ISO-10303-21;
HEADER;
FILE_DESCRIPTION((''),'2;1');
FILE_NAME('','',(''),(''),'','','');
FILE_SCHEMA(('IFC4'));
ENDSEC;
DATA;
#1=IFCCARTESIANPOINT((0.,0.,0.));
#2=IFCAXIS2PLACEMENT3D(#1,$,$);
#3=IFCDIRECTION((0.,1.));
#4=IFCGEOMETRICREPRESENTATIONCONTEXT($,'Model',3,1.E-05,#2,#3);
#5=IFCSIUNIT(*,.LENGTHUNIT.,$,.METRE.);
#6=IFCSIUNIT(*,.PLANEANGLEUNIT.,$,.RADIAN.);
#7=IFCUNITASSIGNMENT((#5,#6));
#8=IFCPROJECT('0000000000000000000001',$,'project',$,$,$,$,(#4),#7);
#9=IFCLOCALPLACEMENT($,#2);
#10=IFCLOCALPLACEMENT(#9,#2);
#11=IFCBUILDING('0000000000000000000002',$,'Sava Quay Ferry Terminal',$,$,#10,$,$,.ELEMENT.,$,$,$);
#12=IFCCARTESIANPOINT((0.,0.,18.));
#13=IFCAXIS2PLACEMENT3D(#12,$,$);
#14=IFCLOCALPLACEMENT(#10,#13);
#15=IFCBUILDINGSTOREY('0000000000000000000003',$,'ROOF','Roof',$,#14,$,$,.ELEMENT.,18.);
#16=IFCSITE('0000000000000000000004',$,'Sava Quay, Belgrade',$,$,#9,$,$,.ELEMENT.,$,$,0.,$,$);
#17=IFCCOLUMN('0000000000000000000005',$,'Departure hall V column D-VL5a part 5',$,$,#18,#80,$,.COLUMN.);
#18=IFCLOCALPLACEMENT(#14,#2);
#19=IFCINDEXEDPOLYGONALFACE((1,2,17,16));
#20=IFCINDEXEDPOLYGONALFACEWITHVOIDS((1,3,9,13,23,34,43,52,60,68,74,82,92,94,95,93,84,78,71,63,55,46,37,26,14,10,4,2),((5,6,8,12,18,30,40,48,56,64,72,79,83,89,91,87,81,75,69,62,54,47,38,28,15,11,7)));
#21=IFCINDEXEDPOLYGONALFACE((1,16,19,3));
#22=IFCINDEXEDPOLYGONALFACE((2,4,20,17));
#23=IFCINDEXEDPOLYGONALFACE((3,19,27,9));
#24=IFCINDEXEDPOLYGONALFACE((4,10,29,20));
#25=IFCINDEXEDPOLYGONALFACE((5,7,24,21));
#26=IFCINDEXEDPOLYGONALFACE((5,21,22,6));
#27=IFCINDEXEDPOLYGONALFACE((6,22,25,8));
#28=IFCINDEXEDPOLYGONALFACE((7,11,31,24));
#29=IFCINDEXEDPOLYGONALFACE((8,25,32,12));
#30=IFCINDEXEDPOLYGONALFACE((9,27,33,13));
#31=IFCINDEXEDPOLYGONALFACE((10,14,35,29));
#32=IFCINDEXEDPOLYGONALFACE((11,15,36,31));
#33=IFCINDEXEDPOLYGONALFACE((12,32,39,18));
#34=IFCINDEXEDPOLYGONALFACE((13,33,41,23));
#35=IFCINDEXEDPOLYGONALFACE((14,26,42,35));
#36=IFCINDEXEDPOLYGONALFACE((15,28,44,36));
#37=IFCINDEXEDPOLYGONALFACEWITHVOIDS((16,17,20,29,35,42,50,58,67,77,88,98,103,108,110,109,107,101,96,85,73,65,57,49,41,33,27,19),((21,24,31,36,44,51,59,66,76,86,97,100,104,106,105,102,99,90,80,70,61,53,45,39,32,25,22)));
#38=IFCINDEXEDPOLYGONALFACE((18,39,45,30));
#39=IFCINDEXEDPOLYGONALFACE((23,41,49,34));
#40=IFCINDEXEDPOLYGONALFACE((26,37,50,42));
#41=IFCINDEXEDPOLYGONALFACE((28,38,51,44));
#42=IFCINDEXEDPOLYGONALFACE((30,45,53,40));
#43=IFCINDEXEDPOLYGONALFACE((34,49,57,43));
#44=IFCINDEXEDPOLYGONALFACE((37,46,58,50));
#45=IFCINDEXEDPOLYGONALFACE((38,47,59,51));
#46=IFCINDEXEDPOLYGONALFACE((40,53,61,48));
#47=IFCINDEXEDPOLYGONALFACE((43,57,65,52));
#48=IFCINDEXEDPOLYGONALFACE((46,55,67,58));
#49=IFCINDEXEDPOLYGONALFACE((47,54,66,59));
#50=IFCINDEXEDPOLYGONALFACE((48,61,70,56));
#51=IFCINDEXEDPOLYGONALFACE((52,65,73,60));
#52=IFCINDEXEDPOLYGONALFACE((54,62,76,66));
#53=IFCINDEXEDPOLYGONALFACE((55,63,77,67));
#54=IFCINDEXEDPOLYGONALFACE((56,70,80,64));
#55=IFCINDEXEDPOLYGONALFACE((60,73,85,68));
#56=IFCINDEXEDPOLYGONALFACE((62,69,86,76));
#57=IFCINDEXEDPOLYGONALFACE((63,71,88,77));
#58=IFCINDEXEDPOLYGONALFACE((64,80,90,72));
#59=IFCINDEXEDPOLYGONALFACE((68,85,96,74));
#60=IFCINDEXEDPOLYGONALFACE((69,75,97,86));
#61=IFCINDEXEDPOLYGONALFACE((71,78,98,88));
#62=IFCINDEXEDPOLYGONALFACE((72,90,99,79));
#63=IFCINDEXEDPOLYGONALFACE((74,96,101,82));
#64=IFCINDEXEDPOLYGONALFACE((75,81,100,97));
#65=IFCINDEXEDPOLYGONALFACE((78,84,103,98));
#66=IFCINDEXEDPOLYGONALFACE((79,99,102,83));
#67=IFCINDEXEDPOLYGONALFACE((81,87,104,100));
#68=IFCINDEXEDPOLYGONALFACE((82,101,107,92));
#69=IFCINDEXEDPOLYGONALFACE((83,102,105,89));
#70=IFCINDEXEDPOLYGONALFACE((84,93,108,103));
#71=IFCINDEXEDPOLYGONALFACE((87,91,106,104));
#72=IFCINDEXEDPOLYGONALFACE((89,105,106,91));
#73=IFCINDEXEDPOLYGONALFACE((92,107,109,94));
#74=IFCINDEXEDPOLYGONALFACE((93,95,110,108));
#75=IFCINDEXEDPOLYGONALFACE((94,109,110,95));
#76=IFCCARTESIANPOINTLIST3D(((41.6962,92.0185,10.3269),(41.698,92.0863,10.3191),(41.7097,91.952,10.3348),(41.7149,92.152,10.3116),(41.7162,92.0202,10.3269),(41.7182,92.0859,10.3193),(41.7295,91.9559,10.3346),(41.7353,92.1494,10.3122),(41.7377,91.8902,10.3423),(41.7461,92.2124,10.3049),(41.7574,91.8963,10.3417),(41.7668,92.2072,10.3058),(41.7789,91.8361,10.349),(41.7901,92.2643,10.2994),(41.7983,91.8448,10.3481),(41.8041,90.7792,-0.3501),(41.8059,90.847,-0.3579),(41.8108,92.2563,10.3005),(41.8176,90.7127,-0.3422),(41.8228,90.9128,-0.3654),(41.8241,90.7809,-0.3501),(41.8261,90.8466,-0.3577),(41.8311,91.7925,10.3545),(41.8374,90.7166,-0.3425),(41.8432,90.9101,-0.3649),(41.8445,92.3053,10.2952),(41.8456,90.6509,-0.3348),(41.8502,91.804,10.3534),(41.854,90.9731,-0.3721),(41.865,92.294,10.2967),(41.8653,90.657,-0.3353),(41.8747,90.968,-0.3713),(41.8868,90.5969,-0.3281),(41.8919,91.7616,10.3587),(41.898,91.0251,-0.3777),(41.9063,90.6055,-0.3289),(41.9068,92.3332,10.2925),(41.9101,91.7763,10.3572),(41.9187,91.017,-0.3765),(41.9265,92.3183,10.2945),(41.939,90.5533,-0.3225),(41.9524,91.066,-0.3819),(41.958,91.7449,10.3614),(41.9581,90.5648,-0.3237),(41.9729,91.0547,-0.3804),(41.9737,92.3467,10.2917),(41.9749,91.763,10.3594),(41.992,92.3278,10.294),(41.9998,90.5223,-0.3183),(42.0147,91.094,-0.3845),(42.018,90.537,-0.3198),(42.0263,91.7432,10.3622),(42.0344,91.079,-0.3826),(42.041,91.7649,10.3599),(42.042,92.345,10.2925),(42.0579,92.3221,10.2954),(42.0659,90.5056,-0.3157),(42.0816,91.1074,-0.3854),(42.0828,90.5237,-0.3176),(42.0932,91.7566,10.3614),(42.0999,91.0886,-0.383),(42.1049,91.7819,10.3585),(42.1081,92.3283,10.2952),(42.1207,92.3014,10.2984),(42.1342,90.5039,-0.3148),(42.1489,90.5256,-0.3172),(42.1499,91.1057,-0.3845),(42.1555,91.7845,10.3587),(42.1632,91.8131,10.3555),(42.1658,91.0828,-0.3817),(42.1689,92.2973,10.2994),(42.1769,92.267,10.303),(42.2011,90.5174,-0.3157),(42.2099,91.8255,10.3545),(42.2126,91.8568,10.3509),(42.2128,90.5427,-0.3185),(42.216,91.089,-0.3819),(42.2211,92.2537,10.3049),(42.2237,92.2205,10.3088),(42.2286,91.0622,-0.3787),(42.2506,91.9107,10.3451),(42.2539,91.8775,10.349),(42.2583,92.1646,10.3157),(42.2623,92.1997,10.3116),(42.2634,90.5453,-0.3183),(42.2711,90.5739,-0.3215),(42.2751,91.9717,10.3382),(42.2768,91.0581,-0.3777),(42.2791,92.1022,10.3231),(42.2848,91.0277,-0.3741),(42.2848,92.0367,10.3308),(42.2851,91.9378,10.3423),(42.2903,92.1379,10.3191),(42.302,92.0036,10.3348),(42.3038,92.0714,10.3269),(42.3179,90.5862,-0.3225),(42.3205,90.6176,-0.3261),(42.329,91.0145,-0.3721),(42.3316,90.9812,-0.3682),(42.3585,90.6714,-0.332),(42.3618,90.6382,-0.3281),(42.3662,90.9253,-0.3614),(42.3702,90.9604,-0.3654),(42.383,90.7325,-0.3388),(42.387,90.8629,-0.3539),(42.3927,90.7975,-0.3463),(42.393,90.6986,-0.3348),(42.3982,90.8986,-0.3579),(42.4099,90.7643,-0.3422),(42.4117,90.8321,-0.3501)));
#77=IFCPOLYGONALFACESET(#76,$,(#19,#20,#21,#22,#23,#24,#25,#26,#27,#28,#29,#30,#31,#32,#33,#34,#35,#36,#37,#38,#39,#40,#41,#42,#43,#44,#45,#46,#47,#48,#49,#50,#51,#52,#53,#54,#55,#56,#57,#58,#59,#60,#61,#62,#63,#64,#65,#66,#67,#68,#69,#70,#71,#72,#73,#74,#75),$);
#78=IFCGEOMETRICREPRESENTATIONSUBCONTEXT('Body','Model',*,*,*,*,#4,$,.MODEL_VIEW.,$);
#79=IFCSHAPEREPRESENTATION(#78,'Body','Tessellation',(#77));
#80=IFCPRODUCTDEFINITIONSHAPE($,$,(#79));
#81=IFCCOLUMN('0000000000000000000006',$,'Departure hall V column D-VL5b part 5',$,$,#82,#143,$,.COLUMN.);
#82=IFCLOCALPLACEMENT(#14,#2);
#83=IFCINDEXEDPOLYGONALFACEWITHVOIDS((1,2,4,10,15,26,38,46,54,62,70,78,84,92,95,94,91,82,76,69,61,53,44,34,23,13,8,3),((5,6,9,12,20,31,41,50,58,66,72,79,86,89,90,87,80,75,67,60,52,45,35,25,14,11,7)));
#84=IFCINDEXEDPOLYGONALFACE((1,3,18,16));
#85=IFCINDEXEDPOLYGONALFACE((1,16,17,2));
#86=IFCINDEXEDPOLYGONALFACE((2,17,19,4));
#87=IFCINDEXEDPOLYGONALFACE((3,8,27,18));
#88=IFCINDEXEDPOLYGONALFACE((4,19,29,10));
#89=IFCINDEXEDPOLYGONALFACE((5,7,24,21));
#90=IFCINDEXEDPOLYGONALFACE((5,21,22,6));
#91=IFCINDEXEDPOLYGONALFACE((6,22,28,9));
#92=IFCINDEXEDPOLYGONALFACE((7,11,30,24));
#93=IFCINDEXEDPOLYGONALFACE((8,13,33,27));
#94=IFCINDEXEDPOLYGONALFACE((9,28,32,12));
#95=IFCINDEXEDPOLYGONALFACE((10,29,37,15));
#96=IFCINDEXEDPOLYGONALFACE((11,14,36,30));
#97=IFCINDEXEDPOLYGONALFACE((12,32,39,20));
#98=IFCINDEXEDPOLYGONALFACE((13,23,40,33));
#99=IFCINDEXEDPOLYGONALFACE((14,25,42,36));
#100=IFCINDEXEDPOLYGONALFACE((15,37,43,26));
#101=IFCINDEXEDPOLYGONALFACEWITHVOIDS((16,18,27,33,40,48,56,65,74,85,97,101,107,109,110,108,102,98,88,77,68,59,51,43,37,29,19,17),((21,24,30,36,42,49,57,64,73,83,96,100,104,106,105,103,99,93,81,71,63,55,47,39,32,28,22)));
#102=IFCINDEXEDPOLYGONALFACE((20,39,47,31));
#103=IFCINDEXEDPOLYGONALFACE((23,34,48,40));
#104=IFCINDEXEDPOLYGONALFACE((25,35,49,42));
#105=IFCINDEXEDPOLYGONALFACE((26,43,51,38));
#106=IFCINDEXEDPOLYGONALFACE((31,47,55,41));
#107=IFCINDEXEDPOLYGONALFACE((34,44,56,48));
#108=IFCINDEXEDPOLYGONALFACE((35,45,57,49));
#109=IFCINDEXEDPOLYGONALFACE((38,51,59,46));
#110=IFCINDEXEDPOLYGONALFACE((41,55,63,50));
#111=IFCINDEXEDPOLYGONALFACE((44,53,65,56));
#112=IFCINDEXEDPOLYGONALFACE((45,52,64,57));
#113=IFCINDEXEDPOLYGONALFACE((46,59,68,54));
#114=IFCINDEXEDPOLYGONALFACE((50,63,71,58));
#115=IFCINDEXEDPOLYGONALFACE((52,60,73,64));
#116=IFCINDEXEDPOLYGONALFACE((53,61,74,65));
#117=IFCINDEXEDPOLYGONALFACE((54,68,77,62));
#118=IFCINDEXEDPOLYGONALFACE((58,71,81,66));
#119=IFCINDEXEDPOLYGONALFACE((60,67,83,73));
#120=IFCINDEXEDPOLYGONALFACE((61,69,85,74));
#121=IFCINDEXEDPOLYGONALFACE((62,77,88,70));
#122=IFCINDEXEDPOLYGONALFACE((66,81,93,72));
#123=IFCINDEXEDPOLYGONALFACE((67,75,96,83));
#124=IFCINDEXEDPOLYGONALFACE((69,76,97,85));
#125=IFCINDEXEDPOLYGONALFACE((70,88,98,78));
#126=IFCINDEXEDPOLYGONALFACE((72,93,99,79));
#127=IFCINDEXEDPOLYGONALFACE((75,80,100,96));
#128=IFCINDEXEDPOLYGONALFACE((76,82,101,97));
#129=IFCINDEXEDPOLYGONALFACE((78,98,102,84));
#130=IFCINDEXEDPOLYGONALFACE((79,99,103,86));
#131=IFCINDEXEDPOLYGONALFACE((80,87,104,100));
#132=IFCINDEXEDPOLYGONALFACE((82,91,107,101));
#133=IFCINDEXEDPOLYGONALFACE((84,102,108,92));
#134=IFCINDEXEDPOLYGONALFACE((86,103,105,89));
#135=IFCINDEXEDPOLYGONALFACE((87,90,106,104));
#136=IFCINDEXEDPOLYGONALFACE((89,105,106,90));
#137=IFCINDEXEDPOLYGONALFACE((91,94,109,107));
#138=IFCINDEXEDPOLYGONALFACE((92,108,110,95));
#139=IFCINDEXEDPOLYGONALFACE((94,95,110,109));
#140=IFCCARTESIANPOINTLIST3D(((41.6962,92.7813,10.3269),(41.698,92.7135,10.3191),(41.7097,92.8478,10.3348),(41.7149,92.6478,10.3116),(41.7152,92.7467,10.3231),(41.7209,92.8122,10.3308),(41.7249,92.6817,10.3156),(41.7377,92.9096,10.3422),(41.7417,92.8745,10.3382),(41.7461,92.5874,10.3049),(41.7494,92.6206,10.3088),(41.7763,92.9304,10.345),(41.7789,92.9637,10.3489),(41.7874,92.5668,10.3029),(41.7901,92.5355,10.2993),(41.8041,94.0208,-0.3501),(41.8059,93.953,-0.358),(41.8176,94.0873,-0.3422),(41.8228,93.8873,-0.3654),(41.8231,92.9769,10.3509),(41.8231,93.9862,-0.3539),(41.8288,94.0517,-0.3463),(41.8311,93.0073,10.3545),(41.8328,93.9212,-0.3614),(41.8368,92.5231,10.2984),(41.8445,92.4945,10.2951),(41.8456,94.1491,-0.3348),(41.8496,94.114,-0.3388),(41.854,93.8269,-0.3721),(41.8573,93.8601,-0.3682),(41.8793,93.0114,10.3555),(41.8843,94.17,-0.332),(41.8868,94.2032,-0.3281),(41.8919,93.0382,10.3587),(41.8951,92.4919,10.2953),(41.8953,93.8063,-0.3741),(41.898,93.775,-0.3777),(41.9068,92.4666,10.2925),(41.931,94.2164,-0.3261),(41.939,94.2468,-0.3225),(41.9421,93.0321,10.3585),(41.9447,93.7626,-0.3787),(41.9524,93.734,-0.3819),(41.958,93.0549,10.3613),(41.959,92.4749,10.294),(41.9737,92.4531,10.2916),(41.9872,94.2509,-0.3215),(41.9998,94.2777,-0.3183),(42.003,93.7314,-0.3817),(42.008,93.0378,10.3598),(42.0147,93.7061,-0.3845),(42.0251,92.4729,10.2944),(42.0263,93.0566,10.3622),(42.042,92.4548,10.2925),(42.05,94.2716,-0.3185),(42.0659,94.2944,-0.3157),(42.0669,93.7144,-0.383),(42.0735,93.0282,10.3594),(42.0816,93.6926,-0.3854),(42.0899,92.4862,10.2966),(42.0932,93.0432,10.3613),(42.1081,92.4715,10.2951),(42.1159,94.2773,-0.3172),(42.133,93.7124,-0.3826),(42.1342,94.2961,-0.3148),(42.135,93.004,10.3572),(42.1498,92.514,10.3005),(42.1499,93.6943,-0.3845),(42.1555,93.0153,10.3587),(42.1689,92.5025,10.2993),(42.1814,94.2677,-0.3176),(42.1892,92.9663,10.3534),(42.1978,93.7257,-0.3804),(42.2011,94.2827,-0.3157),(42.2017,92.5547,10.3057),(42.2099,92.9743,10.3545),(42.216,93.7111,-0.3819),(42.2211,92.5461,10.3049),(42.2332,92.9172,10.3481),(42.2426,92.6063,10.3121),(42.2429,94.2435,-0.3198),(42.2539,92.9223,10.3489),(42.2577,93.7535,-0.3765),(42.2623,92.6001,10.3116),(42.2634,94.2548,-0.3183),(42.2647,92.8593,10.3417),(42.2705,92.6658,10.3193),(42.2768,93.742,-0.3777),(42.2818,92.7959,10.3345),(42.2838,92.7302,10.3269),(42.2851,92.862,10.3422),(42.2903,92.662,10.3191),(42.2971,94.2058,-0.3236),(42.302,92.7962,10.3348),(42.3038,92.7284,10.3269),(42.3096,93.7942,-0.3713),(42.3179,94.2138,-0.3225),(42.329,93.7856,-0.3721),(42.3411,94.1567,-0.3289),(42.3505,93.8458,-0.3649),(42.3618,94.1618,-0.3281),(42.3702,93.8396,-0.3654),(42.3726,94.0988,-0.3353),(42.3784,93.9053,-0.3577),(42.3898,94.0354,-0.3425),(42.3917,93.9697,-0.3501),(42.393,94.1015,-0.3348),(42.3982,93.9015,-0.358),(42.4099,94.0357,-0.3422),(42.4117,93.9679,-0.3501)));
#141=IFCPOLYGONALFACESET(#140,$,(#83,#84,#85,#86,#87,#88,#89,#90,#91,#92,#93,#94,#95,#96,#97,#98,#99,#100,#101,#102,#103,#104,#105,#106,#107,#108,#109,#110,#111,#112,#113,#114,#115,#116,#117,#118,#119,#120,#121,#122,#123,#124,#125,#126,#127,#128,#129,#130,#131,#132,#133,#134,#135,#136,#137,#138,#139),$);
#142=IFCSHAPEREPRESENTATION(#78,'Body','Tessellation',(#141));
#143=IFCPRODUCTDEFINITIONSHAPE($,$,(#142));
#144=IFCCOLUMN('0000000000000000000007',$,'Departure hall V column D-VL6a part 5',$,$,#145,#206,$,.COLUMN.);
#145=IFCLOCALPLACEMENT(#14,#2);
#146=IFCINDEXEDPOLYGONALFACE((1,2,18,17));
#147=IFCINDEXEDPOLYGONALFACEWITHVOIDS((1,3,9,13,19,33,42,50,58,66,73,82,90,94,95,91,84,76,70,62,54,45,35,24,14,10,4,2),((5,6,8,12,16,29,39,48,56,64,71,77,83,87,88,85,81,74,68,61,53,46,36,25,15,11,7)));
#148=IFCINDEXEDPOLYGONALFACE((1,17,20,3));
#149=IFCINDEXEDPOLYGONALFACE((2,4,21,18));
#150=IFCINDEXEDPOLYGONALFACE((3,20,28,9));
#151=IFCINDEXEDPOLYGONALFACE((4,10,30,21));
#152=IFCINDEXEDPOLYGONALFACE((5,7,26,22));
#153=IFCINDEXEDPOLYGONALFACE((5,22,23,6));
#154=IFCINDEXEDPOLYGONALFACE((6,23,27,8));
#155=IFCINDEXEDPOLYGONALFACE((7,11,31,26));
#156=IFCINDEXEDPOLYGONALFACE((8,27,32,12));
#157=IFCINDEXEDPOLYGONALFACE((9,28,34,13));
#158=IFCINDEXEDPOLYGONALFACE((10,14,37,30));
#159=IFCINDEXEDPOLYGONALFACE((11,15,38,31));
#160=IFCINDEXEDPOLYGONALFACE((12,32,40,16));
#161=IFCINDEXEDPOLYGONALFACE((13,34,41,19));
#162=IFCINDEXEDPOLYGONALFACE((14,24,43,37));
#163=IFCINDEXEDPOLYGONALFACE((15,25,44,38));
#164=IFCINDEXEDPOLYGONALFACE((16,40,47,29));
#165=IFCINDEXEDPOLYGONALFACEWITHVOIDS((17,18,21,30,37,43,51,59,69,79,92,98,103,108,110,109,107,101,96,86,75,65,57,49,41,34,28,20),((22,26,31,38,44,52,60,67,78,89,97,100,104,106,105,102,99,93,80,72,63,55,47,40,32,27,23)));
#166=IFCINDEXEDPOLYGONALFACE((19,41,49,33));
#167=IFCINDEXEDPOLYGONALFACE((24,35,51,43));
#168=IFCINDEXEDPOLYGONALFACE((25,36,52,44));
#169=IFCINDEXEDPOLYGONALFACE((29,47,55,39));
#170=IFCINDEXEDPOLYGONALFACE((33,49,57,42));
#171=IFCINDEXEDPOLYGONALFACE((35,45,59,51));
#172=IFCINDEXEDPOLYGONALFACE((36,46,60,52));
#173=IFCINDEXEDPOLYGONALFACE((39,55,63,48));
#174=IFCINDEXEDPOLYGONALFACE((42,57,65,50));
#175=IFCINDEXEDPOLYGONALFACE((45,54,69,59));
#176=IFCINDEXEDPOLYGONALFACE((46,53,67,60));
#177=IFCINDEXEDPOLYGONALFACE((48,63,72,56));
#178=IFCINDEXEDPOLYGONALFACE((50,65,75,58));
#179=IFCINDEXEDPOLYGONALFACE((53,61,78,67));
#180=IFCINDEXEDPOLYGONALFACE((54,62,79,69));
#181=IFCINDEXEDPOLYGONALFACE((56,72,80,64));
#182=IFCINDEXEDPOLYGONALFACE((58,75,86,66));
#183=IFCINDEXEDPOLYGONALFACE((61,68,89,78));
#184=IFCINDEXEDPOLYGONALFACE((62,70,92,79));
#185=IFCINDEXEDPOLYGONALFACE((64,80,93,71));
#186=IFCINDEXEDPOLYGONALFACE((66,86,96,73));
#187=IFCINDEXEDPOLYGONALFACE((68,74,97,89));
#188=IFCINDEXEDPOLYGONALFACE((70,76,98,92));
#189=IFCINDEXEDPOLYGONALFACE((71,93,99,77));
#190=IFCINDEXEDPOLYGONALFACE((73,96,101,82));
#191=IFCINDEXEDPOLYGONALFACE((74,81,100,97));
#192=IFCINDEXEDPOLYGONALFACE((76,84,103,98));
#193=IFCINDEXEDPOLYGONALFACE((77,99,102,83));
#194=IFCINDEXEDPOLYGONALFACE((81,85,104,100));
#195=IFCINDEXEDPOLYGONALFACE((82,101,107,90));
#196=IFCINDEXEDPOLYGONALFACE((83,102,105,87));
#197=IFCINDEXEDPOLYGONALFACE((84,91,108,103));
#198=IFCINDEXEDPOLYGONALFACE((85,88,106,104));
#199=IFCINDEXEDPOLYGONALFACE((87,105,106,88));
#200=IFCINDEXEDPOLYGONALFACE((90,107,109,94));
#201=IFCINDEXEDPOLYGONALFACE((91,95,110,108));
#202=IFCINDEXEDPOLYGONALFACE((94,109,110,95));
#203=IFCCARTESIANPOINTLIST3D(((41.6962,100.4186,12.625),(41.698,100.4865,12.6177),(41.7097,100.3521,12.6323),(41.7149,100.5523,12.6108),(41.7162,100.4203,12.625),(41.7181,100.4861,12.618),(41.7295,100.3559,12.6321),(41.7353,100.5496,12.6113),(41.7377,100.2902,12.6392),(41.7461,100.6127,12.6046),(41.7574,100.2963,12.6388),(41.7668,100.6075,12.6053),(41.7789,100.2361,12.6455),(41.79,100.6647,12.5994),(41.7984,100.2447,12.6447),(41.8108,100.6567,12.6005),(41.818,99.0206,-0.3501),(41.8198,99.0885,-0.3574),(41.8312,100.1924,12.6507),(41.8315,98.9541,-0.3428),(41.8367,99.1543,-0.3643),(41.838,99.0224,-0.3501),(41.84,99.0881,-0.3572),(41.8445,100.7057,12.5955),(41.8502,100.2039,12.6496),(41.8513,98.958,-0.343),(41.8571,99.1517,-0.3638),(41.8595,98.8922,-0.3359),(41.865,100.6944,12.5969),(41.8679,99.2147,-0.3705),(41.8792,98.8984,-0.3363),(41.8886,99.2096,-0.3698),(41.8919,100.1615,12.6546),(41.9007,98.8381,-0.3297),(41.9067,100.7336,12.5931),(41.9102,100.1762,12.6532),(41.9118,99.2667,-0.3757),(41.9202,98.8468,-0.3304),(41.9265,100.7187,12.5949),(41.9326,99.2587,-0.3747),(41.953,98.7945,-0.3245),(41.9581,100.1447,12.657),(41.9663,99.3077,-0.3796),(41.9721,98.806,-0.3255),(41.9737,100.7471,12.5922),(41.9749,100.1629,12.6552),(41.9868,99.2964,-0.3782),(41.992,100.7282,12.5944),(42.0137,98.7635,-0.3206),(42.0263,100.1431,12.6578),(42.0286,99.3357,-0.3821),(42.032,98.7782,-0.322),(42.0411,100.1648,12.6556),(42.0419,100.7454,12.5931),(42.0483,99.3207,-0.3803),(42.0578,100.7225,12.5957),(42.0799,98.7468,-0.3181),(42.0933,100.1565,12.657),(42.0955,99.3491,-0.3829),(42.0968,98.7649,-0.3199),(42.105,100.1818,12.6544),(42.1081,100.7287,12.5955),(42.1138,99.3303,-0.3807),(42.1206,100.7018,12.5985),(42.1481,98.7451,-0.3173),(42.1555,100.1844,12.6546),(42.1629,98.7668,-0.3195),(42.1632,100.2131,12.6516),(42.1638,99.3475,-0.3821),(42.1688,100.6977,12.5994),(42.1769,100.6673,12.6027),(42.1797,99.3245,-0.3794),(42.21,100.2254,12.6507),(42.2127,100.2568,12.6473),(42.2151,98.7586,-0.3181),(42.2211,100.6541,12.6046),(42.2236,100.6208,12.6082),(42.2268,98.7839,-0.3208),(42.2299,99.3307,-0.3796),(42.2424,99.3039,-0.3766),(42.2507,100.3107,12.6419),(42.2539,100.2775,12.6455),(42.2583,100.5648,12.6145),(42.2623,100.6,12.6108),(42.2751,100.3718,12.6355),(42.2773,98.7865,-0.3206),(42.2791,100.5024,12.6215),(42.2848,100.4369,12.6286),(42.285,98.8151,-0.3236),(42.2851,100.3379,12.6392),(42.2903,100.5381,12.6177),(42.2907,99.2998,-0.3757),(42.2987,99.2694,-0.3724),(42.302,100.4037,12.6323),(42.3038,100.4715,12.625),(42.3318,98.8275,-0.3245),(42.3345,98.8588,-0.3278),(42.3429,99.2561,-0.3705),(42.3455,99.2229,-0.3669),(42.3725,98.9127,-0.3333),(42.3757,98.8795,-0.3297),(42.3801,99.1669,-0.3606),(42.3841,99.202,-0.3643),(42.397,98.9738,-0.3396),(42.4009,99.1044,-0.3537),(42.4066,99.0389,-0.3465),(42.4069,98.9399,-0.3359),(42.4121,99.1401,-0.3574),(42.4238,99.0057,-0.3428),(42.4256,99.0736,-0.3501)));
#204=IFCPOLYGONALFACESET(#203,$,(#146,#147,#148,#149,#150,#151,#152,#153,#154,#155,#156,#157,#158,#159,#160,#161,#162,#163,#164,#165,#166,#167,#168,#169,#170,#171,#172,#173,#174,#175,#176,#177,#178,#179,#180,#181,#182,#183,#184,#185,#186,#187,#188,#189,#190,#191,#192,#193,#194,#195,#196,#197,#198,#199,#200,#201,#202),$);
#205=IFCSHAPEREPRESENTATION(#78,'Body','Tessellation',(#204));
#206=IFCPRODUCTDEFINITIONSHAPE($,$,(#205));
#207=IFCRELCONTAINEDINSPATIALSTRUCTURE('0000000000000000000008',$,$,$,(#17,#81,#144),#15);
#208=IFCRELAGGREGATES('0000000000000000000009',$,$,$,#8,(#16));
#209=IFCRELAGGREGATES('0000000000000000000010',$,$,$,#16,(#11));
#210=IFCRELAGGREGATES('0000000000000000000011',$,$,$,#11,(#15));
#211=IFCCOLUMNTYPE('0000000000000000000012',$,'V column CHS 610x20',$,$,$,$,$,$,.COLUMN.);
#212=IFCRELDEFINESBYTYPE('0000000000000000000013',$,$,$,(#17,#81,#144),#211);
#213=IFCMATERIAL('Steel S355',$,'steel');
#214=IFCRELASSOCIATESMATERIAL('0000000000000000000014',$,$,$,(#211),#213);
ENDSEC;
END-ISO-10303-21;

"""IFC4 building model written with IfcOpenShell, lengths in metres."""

from ifc_helpers import new_model, si_unit, direction, frame, origin, origin_2d, place, context, subcontext, project, spatial, hollow_circle, extrude, material, material_profile, profile_set, type_object, element, save


model = new_model("IFC4")

# Units and contexts
model_context = context("Model", 3, precision=1e-05, world=origin(), true_north=direction((0.0, 1.0)))
body_context = subcontext(model_context, "Body", "Model", "MODEL_VIEW")
ifc_project = project(units=[si_unit("LENGTHUNIT", "METRE"), si_unit("PLANEANGLEUNIT", "RADIAN")], contexts=[model_context])

# Site, building, storey
site_placement = place(None, origin())
site = spatial("IfcSite", under=ifc_project, at=site_placement, Name="Sava Quay, Belgrade", CompositionType="ELEMENT", RefElevation=0.0)
building_placement = place(site_placement, origin())
building = spatial("IfcBuilding", under=site, at=building_placement, Name="Sava Quay Ferry Terminal", CompositionType="ELEMENT")
storey_placement = place(building_placement, frame((0.0, 0.0, 18.0)))
storey = spatial("IfcBuildingStorey", under=building, at=storey_placement, Name="ROOF", Description="Roof", CompositionType="ELEMENT", Elevation=18.0)

# Columns
ifc_material_1 = material(Name="Steel S355", Category="steel")
ifc_material_profile_1 = material_profile(ifc_material_1, hollow_circle(Radius=0.3049, WallThickness=0.02, at=origin_2d()), Name="CHS 610 x 20.0")
ifc_profile_set_1 = profile_set([ifc_material_profile_1], Name="Steel S355")
column_type_1 = type_object("IfcColumnType", Name="V column CHS 610x20", PredefinedType="COLUMN", material=ifc_profile_set_1)
for number, where, z_axis, x_axis, name in (
    (1, (42.1079, 90.8057, -0.3501), (-0.010039, 0.115288, 0.993281), (-0.99623, -0.086748, 0.0), "Departure hall V column D-VL5a part 5"),
    (2, (42.1079, 93.9944, -0.3501), (-0.010039, -0.115311, 0.993279), (0.996232, -0.086731, 0.0), "Departure hall V column D-VL5b part 5"),
):
    element("IfcColumn", number, at=place(storey_placement, frame(where, z_axis=z_axis, x_axis=x_axis)), inside=storey, type_object=column_type_1, Name=name, PredefinedType="COLUMN", context=body_context, shape_type="SweptSolid", body=[
        extrude(hollow_circle(Radius=0.3049, WallThickness=0.02, at=origin_2d()), origin(), (0.0, 0.0, 1.0), 10.7493),
    ])
column_1_placement = place(storey_placement, frame((42.1218, 99.0471, -0.3501), z_axis=(-0.009335, 0.107116, 0.994203), x_axis=(-0.996224, -0.086817, 0.0)))
element("IfcColumn", 3, at=column_1_placement, inside=storey, type_object=column_type_1, Name="Departure hall V column D-VL6a part 5", PredefinedType="COLUMN", context=body_context, shape_type="SweptSolid", body=[
    extrude(hollow_circle(Radius=0.3049, WallThickness=0.02, at=origin_2d()), origin(), (0.0, 0.0, 1.0), 13.0508),
])

save(model, "model.ifc")
